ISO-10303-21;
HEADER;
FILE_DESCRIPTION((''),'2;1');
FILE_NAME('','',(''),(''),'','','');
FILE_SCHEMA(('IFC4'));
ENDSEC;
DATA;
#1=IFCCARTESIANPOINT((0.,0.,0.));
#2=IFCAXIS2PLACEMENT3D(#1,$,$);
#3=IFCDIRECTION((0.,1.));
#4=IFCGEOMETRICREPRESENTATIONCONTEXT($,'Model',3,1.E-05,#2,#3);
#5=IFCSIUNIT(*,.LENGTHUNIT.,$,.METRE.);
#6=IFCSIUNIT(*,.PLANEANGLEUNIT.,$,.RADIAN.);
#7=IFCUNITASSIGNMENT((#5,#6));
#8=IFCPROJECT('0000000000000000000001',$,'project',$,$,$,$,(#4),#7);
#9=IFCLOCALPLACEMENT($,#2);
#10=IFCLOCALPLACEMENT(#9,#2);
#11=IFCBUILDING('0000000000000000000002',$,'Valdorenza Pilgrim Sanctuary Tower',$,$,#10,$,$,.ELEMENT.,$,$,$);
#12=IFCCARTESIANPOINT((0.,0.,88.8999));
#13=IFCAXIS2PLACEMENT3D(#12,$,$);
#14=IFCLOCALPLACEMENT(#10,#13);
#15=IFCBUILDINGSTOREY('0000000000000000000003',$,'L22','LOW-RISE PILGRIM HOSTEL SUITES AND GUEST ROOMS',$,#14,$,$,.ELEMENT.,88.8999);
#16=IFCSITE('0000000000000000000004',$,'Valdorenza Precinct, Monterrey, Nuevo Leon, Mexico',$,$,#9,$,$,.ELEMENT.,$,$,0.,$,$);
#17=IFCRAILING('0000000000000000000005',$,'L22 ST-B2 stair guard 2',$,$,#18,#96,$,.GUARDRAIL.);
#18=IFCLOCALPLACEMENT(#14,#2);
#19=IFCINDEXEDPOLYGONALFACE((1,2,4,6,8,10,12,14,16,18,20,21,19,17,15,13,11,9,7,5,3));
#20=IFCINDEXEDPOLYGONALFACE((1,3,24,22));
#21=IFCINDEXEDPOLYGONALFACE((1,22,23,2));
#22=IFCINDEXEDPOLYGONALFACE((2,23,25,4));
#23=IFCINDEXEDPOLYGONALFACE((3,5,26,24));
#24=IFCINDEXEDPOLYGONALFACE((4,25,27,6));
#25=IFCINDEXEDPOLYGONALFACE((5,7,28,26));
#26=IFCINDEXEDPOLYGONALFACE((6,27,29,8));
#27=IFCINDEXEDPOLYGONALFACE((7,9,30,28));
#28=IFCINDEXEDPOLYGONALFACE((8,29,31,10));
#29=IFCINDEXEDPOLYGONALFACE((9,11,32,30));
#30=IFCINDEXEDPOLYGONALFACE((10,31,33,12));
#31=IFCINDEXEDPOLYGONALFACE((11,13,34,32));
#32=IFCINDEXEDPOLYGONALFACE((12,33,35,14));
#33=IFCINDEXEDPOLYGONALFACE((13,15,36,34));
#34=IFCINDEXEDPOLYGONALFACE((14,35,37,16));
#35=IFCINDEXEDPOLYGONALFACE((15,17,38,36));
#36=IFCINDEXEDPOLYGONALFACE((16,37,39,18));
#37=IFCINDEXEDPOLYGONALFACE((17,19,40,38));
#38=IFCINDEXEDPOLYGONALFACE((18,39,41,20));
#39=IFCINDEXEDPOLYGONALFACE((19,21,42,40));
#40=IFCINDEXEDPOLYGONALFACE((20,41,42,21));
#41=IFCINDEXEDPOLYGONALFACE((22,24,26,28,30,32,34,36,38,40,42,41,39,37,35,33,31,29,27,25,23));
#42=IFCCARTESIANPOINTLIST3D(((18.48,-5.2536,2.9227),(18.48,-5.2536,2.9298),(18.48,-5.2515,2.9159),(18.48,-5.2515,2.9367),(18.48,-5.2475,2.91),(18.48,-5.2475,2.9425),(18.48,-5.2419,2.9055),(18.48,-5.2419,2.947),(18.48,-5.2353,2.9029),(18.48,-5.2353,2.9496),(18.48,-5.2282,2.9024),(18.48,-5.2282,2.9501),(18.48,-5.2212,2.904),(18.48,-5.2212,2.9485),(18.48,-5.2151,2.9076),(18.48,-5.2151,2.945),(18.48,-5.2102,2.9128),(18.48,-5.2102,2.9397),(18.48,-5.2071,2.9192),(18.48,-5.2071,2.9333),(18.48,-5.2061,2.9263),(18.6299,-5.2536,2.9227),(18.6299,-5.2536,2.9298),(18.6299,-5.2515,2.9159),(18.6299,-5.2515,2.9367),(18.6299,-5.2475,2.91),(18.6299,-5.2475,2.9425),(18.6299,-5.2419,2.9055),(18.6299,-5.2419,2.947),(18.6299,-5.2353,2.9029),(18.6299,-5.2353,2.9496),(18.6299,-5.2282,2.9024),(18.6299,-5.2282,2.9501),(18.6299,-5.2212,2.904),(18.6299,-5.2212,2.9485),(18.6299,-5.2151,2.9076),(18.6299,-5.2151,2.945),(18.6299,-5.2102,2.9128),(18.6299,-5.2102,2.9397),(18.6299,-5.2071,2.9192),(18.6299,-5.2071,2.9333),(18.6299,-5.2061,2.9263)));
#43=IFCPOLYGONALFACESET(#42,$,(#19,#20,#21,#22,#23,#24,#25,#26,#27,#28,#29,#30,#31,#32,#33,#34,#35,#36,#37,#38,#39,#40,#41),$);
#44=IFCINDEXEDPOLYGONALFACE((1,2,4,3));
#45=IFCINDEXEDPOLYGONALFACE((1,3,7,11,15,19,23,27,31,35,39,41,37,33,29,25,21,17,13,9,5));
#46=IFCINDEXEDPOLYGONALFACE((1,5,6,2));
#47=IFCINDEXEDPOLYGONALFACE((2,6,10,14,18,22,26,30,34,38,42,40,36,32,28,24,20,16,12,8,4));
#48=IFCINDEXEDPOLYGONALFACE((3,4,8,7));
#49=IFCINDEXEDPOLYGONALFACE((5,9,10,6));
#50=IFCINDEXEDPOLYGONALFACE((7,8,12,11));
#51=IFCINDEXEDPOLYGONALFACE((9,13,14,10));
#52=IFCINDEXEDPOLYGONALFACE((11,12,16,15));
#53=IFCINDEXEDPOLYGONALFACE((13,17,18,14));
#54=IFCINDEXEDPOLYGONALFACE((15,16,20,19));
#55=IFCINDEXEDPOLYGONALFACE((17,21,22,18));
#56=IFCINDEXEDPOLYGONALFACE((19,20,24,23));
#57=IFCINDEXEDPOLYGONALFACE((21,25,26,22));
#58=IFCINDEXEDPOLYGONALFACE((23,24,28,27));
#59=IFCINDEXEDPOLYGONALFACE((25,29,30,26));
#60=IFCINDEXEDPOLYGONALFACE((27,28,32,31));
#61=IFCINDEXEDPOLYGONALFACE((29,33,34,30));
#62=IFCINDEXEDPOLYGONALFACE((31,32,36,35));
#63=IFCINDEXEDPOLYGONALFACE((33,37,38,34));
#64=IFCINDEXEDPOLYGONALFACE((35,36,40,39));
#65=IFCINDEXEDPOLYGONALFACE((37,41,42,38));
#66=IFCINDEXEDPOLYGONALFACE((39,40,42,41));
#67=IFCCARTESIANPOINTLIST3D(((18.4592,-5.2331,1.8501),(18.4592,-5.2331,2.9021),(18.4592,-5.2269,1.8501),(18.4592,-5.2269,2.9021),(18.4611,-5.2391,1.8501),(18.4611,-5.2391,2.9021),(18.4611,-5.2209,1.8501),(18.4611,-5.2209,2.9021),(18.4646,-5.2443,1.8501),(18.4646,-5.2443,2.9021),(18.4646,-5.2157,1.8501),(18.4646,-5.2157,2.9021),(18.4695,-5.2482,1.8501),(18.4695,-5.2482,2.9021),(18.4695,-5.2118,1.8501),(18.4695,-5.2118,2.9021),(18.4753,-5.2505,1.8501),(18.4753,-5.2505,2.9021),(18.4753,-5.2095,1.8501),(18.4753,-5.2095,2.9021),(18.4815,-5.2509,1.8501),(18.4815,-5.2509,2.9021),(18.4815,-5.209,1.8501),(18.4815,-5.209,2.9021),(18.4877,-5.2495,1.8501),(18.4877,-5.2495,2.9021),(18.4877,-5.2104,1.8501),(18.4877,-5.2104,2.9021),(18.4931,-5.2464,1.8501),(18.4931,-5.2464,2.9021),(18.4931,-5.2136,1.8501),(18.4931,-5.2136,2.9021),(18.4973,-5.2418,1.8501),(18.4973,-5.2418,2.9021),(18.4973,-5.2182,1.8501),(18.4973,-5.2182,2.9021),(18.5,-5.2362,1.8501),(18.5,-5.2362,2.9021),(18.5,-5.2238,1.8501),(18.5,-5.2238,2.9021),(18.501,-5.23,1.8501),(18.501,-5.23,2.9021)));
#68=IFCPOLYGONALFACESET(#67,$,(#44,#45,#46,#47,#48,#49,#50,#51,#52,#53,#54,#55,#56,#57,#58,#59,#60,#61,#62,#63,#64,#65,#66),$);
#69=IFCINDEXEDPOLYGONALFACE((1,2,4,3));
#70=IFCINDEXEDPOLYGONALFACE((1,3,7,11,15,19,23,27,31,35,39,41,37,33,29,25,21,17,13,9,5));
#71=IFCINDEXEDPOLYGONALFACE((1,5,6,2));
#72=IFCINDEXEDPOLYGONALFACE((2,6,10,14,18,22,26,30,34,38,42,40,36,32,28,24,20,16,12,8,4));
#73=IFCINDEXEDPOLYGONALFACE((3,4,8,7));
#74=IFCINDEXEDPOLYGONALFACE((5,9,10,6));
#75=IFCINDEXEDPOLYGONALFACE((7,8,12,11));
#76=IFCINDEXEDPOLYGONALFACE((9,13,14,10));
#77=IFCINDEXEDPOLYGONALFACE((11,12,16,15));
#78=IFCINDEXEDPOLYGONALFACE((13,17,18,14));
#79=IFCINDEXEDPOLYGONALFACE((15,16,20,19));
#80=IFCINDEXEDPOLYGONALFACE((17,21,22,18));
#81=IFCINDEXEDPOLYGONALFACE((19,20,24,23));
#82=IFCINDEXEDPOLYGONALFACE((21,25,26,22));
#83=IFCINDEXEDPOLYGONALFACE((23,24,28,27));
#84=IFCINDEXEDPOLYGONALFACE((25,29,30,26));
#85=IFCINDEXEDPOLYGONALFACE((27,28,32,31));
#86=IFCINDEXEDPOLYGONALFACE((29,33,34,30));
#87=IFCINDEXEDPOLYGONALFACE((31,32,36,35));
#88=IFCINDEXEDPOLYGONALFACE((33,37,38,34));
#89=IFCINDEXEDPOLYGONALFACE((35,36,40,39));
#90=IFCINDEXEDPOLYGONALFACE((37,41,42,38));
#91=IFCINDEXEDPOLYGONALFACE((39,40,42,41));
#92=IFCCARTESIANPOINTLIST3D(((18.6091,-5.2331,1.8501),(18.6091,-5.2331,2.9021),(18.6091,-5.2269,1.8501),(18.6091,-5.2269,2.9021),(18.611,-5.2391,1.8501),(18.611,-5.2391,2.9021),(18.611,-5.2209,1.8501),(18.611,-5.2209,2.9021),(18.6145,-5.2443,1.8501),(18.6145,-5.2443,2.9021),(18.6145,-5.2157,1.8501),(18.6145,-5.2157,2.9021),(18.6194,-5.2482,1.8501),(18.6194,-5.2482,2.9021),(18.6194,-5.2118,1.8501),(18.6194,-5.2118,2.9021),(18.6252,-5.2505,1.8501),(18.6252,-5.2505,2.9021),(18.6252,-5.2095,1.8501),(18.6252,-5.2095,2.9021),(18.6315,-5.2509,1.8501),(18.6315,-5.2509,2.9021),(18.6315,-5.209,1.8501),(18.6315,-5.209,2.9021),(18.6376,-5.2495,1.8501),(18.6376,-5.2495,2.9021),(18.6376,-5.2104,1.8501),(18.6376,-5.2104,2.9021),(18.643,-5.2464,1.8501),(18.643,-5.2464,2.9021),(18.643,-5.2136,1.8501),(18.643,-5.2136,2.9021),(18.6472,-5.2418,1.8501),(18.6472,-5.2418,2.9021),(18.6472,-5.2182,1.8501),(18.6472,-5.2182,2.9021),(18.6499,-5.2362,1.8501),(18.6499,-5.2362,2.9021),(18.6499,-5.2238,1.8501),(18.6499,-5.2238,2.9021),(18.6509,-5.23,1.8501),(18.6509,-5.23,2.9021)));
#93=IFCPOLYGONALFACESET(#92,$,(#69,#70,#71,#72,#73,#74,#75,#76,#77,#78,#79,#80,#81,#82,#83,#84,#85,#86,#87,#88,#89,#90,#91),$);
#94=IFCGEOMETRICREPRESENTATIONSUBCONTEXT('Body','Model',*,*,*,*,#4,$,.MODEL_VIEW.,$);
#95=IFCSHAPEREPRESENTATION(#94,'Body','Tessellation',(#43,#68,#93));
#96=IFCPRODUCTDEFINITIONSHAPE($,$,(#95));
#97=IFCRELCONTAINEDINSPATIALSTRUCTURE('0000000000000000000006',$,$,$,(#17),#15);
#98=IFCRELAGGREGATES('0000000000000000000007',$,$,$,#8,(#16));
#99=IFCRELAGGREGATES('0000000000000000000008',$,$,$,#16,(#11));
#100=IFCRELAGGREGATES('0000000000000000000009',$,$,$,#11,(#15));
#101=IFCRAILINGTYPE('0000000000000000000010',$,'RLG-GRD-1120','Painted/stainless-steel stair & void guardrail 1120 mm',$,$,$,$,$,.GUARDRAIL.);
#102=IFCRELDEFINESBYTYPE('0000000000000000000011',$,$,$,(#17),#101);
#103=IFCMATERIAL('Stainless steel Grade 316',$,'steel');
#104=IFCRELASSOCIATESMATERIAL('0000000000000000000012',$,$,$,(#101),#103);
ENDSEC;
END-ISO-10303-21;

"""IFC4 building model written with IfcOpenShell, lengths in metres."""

from ifc_helpers import new_model, si_unit, direction, frame, origin, origin_2d, place, context, subcontext, project, spatial, circle, extrude, material, type_object, element, save


model = new_model("IFC4")

# Units and contexts
model_context = context("Model", 3, precision=1e-05, world=origin(), true_north=direction((0.0, 1.0)))
body_context = subcontext(model_context, "Body", "Model", "MODEL_VIEW")
ifc_project = project(units=[si_unit("LENGTHUNIT", "METRE"), si_unit("PLANEANGLEUNIT", "RADIAN")], contexts=[model_context])

# Site, building, storey
site_placement = place(None, origin())
site = spatial("IfcSite", under=ifc_project, at=site_placement, Name="Valdorenza Precinct, Monterrey, Nuevo Leon, Mexico", CompositionType="ELEMENT", RefElevation=0.0)
building_placement = place(site_placement, origin())
building = spatial("IfcBuilding", under=site, at=building_placement, Name="Valdorenza Pilgrim Sanctuary Tower", CompositionType="ELEMENT")
storey_placement = place(building_placement, frame((0.0, 0.0, 88.8999)))
storey = spatial("IfcBuildingStorey", under=building, at=storey_placement, Name="L22", Description="LOW-RISE PILGRIM HOSTEL SUITES AND GUEST ROOMS", CompositionType="ELEMENT", Elevation=88.8999)

# Railing
ifc_material_1 = material(Name="Stainless steel Grade 316", Category="steel")
railing_type_1 = type_object("IfcRailingType", Name="RLG-GRD-1120", Description="Painted/stainless-steel stair & void guardrail 1120 mm", PredefinedType="GUARDRAIL", material=ifc_material_1)
railing_1_placement = place(storey_placement, frame((18.48, -5.23, 1.8501)))
element("IfcRailing", 1, at=railing_1_placement, inside=storey, type_object=railing_type_1, Name="L22 ST-B2 stair guard 2", PredefinedType="GUARDRAIL", context=body_context, shape_type="SweptSolid", body=[
    extrude(circle(Radius=0.0239, at=origin_2d()), frame((0.0, 0.0, 1.0762), z_axis=(1.0, 0.0, 0.0), x_axis=(0.0, 1.0, 0.0)), (0.0, 0.0, 1.0), 0.1499),
    extrude(circle(Radius=0.021, at=origin_2d()), origin(), (0.0, 0.0, 1.0), 1.052),
    extrude(circle(Radius=0.021, at=origin_2d()), frame((0.1499, 0.0, 0.0)), (0.0, 0.0, 1.0), 1.052),
])

save(model, "model.ifc")
